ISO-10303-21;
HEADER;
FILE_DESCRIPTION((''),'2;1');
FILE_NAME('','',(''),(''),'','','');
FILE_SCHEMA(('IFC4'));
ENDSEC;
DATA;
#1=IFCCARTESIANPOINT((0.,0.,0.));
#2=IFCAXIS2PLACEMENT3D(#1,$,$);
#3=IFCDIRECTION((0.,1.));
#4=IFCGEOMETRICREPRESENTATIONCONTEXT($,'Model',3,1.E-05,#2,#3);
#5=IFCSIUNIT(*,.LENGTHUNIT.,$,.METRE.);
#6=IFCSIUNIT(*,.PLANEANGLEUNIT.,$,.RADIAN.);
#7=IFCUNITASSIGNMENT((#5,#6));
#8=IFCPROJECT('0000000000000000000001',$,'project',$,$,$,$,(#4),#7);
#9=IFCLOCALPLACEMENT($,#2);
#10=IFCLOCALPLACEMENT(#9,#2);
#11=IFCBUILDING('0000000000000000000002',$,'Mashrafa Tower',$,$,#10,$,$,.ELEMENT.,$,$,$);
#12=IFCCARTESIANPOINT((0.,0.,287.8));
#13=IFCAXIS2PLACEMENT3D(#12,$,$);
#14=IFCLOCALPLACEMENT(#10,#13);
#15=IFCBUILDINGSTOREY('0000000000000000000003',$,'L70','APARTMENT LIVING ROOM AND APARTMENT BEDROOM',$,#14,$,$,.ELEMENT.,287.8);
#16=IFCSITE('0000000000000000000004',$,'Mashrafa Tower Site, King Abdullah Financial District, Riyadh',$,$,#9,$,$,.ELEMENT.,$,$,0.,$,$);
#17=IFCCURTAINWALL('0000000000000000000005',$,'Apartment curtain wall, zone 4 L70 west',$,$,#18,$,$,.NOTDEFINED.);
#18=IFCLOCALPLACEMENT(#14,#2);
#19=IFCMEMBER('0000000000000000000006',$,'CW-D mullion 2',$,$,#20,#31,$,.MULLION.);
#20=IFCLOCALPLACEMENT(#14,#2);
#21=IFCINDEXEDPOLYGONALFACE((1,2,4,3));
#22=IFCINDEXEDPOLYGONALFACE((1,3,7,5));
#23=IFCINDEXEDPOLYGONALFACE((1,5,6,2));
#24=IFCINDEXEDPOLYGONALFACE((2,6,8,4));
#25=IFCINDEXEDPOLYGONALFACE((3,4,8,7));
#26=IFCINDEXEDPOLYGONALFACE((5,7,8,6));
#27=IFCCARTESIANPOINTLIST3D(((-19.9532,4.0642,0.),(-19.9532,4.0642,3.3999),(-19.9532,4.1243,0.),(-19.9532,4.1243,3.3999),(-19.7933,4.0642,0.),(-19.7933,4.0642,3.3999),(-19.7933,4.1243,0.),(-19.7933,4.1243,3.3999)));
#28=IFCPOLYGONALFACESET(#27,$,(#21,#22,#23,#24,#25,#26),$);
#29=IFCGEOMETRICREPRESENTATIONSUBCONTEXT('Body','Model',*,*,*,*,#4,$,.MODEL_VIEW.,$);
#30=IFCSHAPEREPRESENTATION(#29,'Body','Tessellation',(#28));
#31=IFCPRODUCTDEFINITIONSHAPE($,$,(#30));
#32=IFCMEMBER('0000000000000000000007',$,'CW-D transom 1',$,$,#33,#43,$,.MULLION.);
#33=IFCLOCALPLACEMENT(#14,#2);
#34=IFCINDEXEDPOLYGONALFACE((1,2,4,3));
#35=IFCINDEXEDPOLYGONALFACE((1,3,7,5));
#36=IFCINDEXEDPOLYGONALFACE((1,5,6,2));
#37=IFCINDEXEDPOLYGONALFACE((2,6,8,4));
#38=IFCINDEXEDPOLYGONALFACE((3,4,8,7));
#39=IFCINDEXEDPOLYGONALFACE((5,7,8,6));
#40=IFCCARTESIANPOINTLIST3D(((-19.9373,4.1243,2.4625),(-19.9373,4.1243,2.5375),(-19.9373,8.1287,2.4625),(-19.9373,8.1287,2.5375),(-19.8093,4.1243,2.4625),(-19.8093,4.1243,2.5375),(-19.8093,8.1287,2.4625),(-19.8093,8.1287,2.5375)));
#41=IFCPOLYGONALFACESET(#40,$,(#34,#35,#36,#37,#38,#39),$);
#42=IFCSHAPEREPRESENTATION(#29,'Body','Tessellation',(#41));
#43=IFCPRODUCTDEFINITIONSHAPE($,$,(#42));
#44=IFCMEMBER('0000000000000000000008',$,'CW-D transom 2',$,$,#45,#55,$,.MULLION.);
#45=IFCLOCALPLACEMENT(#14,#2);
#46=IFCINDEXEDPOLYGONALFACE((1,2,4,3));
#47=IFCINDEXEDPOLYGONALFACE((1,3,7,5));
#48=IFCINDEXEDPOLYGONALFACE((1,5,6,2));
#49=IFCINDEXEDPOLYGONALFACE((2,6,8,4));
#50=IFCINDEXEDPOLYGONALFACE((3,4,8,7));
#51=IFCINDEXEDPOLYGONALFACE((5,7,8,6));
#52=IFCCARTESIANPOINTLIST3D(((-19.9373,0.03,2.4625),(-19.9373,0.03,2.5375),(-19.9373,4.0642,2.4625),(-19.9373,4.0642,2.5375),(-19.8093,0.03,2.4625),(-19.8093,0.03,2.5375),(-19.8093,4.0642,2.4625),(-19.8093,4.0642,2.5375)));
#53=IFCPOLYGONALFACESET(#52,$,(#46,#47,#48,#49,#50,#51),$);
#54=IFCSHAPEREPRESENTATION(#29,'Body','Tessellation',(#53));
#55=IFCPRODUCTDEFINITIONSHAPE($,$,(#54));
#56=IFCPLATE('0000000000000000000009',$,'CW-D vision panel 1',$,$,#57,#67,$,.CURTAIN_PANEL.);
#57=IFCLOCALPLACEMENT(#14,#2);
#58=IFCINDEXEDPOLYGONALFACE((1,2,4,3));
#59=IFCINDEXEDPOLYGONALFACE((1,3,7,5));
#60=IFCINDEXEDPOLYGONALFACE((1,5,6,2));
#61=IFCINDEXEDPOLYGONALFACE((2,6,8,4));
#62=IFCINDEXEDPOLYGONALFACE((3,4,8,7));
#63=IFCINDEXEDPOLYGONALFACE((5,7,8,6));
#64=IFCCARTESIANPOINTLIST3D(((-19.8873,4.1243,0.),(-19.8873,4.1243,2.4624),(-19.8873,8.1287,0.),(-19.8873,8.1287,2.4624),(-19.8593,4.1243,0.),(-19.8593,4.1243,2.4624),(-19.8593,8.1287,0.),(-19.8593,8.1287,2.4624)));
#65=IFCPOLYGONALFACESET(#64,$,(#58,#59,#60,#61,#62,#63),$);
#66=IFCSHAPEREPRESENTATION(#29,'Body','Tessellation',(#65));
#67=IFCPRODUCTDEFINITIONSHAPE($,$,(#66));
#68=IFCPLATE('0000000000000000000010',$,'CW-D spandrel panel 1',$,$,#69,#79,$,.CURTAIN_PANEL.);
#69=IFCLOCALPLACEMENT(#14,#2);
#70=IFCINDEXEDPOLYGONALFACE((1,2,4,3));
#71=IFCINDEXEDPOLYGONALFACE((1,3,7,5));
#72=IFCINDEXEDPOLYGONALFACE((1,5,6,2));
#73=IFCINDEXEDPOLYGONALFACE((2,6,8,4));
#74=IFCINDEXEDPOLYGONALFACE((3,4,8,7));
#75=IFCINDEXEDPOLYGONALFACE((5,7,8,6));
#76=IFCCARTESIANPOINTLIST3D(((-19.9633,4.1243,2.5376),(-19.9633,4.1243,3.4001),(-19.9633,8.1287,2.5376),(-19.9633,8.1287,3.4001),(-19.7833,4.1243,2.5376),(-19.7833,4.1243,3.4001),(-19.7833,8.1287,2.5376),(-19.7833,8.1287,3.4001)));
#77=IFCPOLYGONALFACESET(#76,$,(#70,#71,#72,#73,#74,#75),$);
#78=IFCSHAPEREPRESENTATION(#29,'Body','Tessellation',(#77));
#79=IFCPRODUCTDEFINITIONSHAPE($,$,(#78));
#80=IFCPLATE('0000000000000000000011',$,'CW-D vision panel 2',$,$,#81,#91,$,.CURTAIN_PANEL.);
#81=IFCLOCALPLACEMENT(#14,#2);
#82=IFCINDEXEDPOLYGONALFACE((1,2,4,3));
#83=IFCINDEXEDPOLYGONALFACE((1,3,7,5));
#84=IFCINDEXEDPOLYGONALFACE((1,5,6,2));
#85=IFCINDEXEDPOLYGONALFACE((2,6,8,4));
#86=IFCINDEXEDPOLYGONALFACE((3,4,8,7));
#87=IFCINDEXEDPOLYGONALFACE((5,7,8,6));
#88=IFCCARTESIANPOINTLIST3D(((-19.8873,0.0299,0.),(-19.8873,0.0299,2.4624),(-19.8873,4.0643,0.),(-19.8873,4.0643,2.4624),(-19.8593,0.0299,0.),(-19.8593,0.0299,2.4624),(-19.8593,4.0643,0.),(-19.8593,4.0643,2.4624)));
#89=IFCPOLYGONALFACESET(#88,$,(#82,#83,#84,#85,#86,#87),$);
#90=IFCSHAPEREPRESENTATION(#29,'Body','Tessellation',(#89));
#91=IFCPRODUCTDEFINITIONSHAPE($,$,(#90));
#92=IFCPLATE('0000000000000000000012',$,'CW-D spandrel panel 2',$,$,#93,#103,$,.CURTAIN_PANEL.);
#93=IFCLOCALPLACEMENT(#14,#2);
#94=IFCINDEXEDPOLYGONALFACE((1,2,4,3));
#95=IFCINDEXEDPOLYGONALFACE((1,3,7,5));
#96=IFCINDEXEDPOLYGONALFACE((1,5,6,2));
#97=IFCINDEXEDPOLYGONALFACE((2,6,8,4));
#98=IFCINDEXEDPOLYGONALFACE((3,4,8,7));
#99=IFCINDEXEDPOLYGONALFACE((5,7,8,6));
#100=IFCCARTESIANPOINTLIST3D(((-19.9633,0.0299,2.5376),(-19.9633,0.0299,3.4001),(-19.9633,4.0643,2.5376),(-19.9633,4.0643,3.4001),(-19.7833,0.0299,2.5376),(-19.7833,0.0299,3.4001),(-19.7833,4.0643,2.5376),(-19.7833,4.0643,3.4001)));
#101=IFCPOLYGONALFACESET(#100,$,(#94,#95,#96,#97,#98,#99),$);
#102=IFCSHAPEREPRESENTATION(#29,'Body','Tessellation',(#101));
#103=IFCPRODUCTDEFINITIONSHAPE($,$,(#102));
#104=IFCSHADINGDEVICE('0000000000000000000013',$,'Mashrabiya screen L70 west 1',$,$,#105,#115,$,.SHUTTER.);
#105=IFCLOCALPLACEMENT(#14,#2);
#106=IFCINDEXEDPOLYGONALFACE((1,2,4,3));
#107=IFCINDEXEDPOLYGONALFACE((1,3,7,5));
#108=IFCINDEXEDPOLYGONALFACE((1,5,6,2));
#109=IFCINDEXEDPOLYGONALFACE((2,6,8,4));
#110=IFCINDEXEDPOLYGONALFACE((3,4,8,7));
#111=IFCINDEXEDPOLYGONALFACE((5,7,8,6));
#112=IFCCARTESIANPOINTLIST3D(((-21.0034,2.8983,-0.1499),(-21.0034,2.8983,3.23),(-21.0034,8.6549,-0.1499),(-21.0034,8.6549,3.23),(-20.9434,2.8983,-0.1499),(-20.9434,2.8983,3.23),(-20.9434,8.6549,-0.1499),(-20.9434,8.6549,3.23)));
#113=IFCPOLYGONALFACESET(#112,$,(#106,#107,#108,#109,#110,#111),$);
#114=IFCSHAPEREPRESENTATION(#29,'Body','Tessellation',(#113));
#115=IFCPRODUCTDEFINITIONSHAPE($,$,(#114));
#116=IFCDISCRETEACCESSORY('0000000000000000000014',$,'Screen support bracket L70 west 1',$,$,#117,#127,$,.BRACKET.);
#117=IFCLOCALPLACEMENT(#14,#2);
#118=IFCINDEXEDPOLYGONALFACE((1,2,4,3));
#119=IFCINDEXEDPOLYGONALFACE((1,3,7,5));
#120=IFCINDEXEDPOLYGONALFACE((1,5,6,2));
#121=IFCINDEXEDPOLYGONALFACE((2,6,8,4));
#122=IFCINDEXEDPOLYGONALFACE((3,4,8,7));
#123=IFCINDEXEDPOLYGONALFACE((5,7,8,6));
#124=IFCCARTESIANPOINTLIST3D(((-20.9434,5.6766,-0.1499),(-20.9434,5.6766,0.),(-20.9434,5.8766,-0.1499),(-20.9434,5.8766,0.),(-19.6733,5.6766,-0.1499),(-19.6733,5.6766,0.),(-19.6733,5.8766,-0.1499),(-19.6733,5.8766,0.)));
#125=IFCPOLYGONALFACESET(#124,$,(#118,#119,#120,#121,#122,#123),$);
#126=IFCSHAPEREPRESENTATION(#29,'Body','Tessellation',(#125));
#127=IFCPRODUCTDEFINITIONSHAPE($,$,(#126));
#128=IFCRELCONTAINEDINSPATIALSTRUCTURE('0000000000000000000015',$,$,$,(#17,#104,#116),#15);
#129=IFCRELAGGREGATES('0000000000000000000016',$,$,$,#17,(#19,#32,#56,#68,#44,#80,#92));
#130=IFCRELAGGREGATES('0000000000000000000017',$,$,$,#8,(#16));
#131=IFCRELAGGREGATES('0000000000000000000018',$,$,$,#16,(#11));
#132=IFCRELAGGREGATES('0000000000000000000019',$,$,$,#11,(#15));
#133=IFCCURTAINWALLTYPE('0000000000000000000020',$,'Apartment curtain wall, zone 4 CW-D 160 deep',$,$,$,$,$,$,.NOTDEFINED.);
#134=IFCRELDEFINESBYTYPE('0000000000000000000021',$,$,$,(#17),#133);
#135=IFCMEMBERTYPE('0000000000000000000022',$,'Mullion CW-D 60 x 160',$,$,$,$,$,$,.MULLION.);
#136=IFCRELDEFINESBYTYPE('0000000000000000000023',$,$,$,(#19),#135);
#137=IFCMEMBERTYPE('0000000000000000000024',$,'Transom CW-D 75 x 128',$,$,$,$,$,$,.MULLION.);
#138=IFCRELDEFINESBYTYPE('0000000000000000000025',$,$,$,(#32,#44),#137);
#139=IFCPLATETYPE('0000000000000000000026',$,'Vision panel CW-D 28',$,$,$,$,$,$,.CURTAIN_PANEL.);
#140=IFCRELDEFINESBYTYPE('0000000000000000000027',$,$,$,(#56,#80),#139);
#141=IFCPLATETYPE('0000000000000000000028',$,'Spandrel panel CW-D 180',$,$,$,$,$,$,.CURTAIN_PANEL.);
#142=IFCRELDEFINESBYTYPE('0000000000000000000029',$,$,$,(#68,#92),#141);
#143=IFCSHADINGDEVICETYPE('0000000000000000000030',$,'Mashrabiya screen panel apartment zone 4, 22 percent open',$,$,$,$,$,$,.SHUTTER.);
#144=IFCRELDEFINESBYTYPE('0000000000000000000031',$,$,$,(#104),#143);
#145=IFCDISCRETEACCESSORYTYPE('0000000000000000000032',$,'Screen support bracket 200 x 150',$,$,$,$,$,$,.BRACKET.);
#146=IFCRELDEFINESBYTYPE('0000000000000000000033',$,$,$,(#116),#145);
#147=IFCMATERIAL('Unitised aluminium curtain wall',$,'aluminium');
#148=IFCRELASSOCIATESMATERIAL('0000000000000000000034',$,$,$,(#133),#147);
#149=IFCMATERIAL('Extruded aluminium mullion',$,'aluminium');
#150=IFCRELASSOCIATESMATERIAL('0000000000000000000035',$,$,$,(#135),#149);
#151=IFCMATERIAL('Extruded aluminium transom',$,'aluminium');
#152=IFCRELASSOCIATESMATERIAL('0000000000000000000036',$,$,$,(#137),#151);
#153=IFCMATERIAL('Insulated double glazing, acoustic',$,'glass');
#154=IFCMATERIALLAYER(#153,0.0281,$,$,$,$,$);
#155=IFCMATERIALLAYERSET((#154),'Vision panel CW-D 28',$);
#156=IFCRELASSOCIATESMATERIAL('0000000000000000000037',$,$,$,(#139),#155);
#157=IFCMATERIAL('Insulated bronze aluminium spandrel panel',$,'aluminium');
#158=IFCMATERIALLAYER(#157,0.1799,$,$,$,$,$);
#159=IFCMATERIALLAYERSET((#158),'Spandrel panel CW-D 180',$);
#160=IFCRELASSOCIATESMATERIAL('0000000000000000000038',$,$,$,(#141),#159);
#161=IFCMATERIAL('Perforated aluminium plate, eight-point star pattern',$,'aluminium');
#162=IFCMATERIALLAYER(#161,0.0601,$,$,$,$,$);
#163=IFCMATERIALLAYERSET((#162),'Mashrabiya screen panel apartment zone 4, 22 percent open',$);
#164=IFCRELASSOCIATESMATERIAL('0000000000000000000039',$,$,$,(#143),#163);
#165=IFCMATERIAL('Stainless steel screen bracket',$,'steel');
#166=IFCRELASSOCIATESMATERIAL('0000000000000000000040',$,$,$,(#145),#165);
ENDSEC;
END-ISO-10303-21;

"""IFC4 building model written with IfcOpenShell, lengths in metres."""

from ifc_helpers import new_model, si_unit, direction, frame, origin, origin_2d, place, context, subcontext, project, spatial, rectangle, extrude, source, transform, mapped, material, layer, layer_set, material_profile, profile_set, type_object, type_shapes, element, aggregate, save


model = new_model("IFC4")

# Units and contexts
model_context = context("Model", 3, precision=1e-05, world=origin(), true_north=direction((0.0, 1.0)))
body_context = subcontext(model_context, "Body", "Model", "MODEL_VIEW")
ifc_project = project(units=[si_unit("LENGTHUNIT", "METRE"), si_unit("PLANEANGLEUNIT", "RADIAN")], contexts=[model_context])

# Site, building, storey
site_placement = place(None, origin())
site = spatial("IfcSite", under=ifc_project, at=site_placement, Name="Mashrafa Tower Site, King Abdullah Financial District, Riyadh", CompositionType="ELEMENT", RefElevation=0.0)
building_placement = place(site_placement, origin())
building = spatial("IfcBuilding", under=site, at=building_placement, Name="Mashrafa Tower", CompositionType="ELEMENT")
storey_placement = place(building_placement, frame((0.0, 0.0, 287.8)))
storey = spatial("IfcBuildingStorey", under=building, at=storey_placement, Name="L70", Description="APARTMENT LIVING ROOM AND APARTMENT BEDROOM", CompositionType="ELEMENT", Elevation=287.8)

# Curtain wall, members, plates
ifc_material_1 = material(Name="Unitised aluminium curtain wall", Category="aluminium")
curtain_wall_type = type_object("IfcCurtainWallType", Name="Apartment curtain wall, zone 4 CW-D 160 deep", PredefinedType="NOTDEFINED", material=ifc_material_1)
curtain_wall_placement = place(storey_placement, origin())
curtain_wall = element("IfcCurtainWall", 1, at=curtain_wall_placement, inside=storey, type_object=curtain_wall_type, Name="Apartment curtain wall, zone 4 L70 west", PredefinedType="NOTDEFINED")
ifc_material_2 = material(Name="Extruded aluminium mullion", Category="aluminium")
ifc_material_profile_1 = material_profile(ifc_material_2, rectangle(XDim=0.1599, YDim=0.0601, at=origin_2d()), Name="Mullion 60x160")
ifc_profile_set_1 = profile_set([ifc_material_profile_1], Name="Extruded aluminium mullion")
member_type_1 = type_object("IfcMemberType", Name="Mullion CW-D 60 x 160", PredefinedType="MULLION", material=ifc_profile_set_1)
shared_shape_1 = source(origin(), body_context, "Body", "SweptSolid", [
    extrude(rectangle(XDim=0.1599, YDim=0.0601, at=origin_2d()), origin(), (0.0, 0.0, 1.0), 3.3999),
])
type_shapes(member_type_1, [shared_shape_1])
member_1_placement = place(storey_placement, frame((-19.8733, 4.0942, 0.0), z_axis=(0.0, 0.0, 1.0), x_axis=(1.0, 0.0, 0.0)))
member_1 = element("IfcMember", 2, at=member_1_placement, type_object=member_type_1, Name="CW-D mullion 2", PredefinedType="MULLION", context=body_context, shape_type="MappedRepresentation", body=[
    mapped(shared_shape_1, transform((0.0, 0.0, 0.0))),
])
ifc_material_3 = material(Name="Extruded aluminium transom", Category="aluminium")
ifc_material_profile_2 = material_profile(ifc_material_3, rectangle(XDim=0.1279, YDim=0.075, at=origin_2d()), Name="Transom 75x128")
ifc_profile_set_2 = profile_set([ifc_material_profile_2], Name="Extruded aluminium transom")
member_type_2 = type_object("IfcMemberType", Name="Transom CW-D 75 x 128", PredefinedType="MULLION", material=ifc_profile_set_2)
shared_shape_2 = source(origin(), body_context, "Body", "SweptSolid", [
    extrude(rectangle(XDim=0.1279, YDim=0.075, at=origin_2d()), origin(), (0.0, 0.0, 1.0), 4.0044),
])
member_2_placement = place(storey_placement, frame((-19.8733, 8.1287, 2.5), z_axis=(0.0, -1.0, 0.0), x_axis=(1.0, 0.0, 0.0)))
member_2 = element("IfcMember", 3, at=member_2_placement, type_object=member_type_2, Name="CW-D transom 1", PredefinedType="MULLION", context=body_context, shape_type="MappedRepresentation", body=[
    mapped(shared_shape_2, transform((0.0, 0.0, 0.0))),
])
shared_shape_3 = source(origin(), body_context, "Body", "SweptSolid", [
    extrude(rectangle(XDim=0.1279, YDim=0.075, at=origin_2d()), origin(), (0.0, 0.0, 1.0), 4.0342),
])
type_shapes(member_type_2, [shared_shape_2, shared_shape_3])
member_3_placement = place(storey_placement, frame((-19.8733, 4.0642, 2.5), z_axis=(0.0, -1.0, 0.0), x_axis=(1.0, 0.0, 0.0)))
member_3 = element("IfcMember", 4, at=member_3_placement, type_object=member_type_2, Name="CW-D transom 2", PredefinedType="MULLION", context=body_context, shape_type="MappedRepresentation", body=[
    mapped(shared_shape_3, transform((0.0, 0.0, 0.0))),
])
ifc_material_4 = material(Name="Insulated double glazing, acoustic", Category="glass")
ifc_layer_1 = layer(ifc_material_4, 0.0281)
ifc_layer_set_1 = layer_set([ifc_layer_1], Name="Vision panel CW-D 28")
plate_type_1 = type_object("IfcPlateType", Name="Vision panel CW-D 28", PredefinedType="CURTAIN_PANEL", material=ifc_layer_set_1)
shared_shape_4 = source(origin(), body_context, "Body", "SweptSolid", [
    extrude(rectangle(XDim=4.0044, YDim=0.0281, at=origin_2d()), origin(), (0.0, 0.0, 1.0), 2.4624),
])
plate_1_placement = place(storey_placement, frame((-19.8733, 6.1265, 0.0), z_axis=(0.0, 0.0, 1.0), x_axis=(0.0, -1.0, 0.0)))
plate_1 = element("IfcPlate", 5, at=plate_1_placement, type_object=plate_type_1, Name="CW-D vision panel 1", PredefinedType="CURTAIN_PANEL", context=body_context, shape_type="MappedRepresentation", body=[
    mapped(shared_shape_4, transform((0.0, 0.0, 0.0))),
])
ifc_material_5 = material(Name="Insulated bronze aluminium spandrel panel", Category="aluminium")
ifc_layer_2 = layer(ifc_material_5, 0.1799)
ifc_layer_set_2 = layer_set([ifc_layer_2], Name="Spandrel panel CW-D 180")
plate_type_2 = type_object("IfcPlateType", Name="Spandrel panel CW-D 180", PredefinedType="CURTAIN_PANEL", material=ifc_layer_set_2)
shared_shape_5 = source(origin(), body_context, "Body", "SweptSolid", [
    extrude(rectangle(XDim=4.0044, YDim=0.1799, at=origin_2d()), origin(), (0.0, 0.0, 1.0), 0.8625),
])
plate_2_placement = place(storey_placement, frame((-19.8733, 6.1265, 2.5376), z_axis=(0.0, 0.0, 1.0), x_axis=(0.0, -1.0, 0.0)))
plate_2 = element("IfcPlate", 6, at=plate_2_placement, type_object=plate_type_2, Name="CW-D spandrel panel 1", PredefinedType="CURTAIN_PANEL", context=body_context, shape_type="MappedRepresentation", body=[
    mapped(shared_shape_5, transform((0.0, 0.0, 0.0))),
])
shared_shape_6 = source(origin(), body_context, "Body", "SweptSolid", [
    extrude(rectangle(XDim=4.0344, YDim=0.0281, at=origin_2d()), origin(), (0.0, 0.0, 1.0), 2.4624),
])
type_shapes(plate_type_1, [shared_shape_4, shared_shape_6])
plate_3_placement = place(storey_placement, frame((-19.8733, 2.0471, 0.0), z_axis=(0.0, 0.0, 1.0), x_axis=(0.0, -1.0, 0.0)))
plate_3 = element("IfcPlate", 7, at=plate_3_placement, type_object=plate_type_1, Name="CW-D vision panel 2", PredefinedType="CURTAIN_PANEL", context=body_context, shape_type="MappedRepresentation", body=[
    mapped(shared_shape_6, transform((0.0, 0.0, 0.0))),
])
shared_shape_7 = source(origin(), body_context, "Body", "SweptSolid", [
    extrude(rectangle(XDim=4.0344, YDim=0.1799, at=origin_2d()), origin(), (0.0, 0.0, 1.0), 0.8625),
])
type_shapes(plate_type_2, [shared_shape_5, shared_shape_7])
plate_4_placement = place(storey_placement, frame((-19.8733, 2.0471, 2.5376), z_axis=(0.0, 0.0, 1.0), x_axis=(0.0, -1.0, 0.0)))
plate_4 = element("IfcPlate", 8, at=plate_4_placement, type_object=plate_type_2, Name="CW-D spandrel panel 2", PredefinedType="CURTAIN_PANEL", context=body_context, shape_type="MappedRepresentation", body=[
    mapped(shared_shape_7, transform((0.0, 0.0, 0.0))),
])
aggregate(curtain_wall, [member_1, member_2, plate_1, plate_2, member_3, plate_3, plate_4])

# Shading device
ifc_material_6 = material(Name="Perforated aluminium plate, eight-point star pattern", Category="aluminium")
ifc_layer_3 = layer(ifc_material_6, 0.0601)
ifc_layer_set_3 = layer_set([ifc_layer_3], Name="Mashrabiya screen panel apartment zone 4, 22 percent open")
shading_device_type = type_object("IfcShadingDeviceType", Name="Mashrabiya screen panel apartment zone 4, 22 percent open", PredefinedType="SHUTTER", material=ifc_layer_set_3)
shared_shape_8 = source(origin(), body_context, "Body", "SweptSolid", [
    extrude(rectangle(XDim=5.7566, YDim=0.0601, at=origin_2d()), origin(), (0.0, 0.0, 1.0), 3.3799),
])
type_shapes(shading_device_type, [shared_shape_8])
shading_device_placement = place(storey_placement, frame((-20.9734, 5.7766, -0.1499), z_axis=(0.0, 0.0, 1.0), x_axis=(0.0, -1.0, 0.0)))
element("IfcShadingDevice", 9, at=shading_device_placement, inside=storey, type_object=shading_device_type, Name="Mashrabiya screen L70 west 1", PredefinedType="SHUTTER", context=body_context, shape_type="MappedRepresentation", body=[
    mapped(shared_shape_8, transform((0.0, 0.0, 0.0))),
])

# Discrete accessory
ifc_material_7 = material(Name="Stainless steel screen bracket", Category="steel")
discrete_accessory_type = type_object("IfcDiscreteAccessoryType", Name="Screen support bracket 200 x 150", PredefinedType="BRACKET", material=ifc_material_7)
shared_shape_9 = source(origin(), body_context, "Body", "SweptSolid", [
    extrude(rectangle(XDim=0.2, YDim=1.27, at=origin_2d()), origin(), (0.0, 0.0, 1.0), 0.1499),
])
type_shapes(discrete_accessory_type, [shared_shape_9])
discrete_accessory_placement = place(storey_placement, frame((-20.3083, 5.7766, -0.1499), z_axis=(0.0, 0.0, 1.0), x_axis=(0.0, -1.0, 0.0)))
element("IfcDiscreteAccessory", 10, at=discrete_accessory_placement, inside=storey, type_object=discrete_accessory_type, Name="Screen support bracket L70 west 1", PredefinedType="BRACKET", context=body_context, shape_type="MappedRepresentation", body=[
    mapped(shared_shape_9, transform((0.0, 0.0, 0.0))),
])

save(model, "model.ifc")
